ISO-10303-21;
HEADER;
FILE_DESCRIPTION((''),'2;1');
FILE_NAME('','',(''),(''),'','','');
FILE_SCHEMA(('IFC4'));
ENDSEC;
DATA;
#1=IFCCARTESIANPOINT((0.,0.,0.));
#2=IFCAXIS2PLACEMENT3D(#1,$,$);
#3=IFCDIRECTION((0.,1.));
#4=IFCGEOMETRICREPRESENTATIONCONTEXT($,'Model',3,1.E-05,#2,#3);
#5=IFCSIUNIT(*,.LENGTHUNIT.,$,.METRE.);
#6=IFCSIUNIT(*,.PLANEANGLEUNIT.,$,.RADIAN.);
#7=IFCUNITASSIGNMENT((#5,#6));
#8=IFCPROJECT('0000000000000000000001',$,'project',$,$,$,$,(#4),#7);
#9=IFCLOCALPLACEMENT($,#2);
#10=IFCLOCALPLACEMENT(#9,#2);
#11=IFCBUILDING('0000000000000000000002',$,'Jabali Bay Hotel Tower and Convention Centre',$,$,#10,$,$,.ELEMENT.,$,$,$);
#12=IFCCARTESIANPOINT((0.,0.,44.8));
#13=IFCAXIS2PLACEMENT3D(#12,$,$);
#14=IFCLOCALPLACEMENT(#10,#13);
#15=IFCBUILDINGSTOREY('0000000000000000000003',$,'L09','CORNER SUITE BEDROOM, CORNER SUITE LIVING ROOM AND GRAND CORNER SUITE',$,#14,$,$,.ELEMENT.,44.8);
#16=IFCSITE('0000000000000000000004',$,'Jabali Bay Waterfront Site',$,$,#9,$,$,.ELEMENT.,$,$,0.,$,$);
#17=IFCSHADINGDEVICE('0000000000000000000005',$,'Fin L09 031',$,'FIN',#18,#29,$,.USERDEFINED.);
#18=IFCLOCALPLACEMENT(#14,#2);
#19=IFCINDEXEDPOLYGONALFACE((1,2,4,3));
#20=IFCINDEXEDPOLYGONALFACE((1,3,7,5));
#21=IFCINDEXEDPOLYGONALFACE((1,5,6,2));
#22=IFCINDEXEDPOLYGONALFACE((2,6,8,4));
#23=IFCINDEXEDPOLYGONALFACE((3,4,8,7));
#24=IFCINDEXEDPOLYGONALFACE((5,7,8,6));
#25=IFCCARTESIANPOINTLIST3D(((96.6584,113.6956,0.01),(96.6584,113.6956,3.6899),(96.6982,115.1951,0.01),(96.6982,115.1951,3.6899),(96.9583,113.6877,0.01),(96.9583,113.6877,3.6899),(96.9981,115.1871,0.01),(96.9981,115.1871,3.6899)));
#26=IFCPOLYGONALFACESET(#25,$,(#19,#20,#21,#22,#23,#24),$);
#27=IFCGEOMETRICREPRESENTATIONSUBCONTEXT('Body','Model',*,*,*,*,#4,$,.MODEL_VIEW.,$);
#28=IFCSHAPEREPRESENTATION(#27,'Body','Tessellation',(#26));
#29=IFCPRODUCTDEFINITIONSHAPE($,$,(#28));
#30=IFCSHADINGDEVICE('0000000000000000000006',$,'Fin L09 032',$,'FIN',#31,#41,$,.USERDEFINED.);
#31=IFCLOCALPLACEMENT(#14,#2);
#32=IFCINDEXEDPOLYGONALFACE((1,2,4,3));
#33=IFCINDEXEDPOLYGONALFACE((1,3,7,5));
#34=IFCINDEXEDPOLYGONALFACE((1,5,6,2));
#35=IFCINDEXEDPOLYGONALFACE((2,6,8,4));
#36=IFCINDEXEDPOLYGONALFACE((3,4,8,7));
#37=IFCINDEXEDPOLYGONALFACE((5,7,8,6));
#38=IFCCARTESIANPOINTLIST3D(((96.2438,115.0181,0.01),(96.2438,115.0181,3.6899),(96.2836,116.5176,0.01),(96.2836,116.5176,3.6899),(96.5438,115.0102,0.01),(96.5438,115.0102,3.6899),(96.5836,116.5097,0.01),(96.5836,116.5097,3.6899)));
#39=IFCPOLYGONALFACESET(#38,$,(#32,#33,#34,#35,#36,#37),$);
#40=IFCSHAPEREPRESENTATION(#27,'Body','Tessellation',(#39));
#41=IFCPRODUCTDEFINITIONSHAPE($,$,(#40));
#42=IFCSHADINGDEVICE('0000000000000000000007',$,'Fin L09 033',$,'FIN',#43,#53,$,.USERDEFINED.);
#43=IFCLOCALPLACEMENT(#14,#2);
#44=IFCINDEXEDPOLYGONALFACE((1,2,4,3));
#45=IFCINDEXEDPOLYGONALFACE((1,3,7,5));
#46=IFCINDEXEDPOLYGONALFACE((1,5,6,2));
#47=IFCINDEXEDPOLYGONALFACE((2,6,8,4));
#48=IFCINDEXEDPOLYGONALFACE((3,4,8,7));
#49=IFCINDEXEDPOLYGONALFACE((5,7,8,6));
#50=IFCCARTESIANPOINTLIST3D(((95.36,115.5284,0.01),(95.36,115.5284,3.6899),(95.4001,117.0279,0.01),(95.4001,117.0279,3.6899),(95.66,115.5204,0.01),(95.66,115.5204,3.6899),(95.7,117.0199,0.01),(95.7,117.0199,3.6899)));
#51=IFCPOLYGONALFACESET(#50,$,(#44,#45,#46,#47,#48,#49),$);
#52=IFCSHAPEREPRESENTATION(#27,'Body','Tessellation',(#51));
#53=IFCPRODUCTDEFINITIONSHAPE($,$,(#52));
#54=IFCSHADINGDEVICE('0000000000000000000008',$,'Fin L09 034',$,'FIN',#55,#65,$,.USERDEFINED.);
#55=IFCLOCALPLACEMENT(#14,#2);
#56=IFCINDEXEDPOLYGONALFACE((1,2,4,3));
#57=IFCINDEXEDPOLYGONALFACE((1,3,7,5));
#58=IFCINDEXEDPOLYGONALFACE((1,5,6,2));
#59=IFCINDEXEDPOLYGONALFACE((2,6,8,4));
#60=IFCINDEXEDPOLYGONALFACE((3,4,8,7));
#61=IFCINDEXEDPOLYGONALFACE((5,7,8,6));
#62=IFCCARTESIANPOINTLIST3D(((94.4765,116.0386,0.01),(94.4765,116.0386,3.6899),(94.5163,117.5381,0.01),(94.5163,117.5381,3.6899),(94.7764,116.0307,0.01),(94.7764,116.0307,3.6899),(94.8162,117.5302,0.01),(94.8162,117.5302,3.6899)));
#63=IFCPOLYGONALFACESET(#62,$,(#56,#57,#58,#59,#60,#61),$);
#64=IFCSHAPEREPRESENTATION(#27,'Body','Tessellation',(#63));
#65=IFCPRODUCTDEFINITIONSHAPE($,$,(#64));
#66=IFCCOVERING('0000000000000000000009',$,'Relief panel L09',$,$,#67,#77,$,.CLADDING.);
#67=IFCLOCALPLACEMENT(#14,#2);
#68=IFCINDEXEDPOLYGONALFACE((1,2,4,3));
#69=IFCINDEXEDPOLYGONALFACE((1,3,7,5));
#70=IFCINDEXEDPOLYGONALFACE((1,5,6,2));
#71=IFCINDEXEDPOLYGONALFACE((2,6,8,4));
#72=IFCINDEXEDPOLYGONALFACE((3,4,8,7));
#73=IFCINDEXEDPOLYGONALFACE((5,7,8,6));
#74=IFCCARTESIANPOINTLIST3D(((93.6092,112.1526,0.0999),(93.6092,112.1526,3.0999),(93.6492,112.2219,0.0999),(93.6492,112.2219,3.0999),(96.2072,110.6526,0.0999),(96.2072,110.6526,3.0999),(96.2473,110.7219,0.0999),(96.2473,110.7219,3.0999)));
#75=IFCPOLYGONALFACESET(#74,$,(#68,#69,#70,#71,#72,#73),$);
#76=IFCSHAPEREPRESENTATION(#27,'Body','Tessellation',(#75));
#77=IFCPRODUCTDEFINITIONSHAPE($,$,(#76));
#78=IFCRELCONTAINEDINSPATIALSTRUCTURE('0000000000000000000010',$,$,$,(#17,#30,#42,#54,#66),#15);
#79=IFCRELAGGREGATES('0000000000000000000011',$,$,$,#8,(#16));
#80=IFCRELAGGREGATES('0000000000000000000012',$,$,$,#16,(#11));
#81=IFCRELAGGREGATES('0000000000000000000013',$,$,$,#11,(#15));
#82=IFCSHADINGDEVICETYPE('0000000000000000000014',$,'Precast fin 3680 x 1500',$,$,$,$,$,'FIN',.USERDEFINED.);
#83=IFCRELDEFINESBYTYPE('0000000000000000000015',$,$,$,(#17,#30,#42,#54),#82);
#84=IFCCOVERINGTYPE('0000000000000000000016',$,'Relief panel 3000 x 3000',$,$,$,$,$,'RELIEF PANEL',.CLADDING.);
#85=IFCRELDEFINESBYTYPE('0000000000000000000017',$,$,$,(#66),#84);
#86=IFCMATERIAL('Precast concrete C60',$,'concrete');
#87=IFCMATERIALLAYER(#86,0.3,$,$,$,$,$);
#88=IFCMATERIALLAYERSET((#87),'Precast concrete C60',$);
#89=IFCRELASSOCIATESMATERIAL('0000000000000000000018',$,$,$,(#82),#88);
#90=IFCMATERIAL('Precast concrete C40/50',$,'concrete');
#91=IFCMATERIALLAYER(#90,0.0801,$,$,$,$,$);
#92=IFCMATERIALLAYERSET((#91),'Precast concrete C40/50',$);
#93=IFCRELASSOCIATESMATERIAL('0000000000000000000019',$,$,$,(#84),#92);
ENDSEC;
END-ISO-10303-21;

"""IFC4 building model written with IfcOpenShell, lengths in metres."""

from ifc_helpers import new_model, si_unit, direction, frame, frame_2d, origin, origin_2d, place, context, subcontext, project, spatial, rectangle, extrude, material, layer, layer_set, type_object, element, save


model = new_model("IFC4")

# Units and contexts
model_context = context("Model", 3, precision=1e-05, world=origin(), true_north=direction((0.0, 1.0)))
body_context = subcontext(model_context, "Body", "Model", "MODEL_VIEW")
ifc_project = project(units=[si_unit("LENGTHUNIT", "METRE"), si_unit("PLANEANGLEUNIT", "RADIAN")], contexts=[model_context])

# Site, building, storey
site_placement = place(None, origin())
site = spatial("IfcSite", under=ifc_project, at=site_placement, Name="Jabali Bay Waterfront Site", CompositionType="ELEMENT", RefElevation=0.0)
building_placement = place(site_placement, origin())
building = spatial("IfcBuilding", under=site, at=building_placement, Name="Jabali Bay Hotel Tower and Convention Centre", CompositionType="ELEMENT")
storey_placement = place(building_placement, frame((0.0, 0.0, 44.8)))
storey = spatial("IfcBuildingStorey", under=building, at=storey_placement, Name="L09", Description="CORNER SUITE BEDROOM, CORNER SUITE LIVING ROOM AND GRAND CORNER SUITE", CompositionType="ELEMENT", Elevation=44.8)

# Shading devices
ifc_material_1 = material(Name="Precast concrete C60", Category="concrete")
ifc_layer_1 = layer(ifc_material_1, 0.3)
ifc_layer_set_1 = layer_set([ifc_layer_1], Name="Precast concrete C60")
shading_device_type_1 = type_object("IfcShadingDeviceType", Name="Precast fin 3680 x 1500", ElementType="FIN", PredefinedType="USERDEFINED", material=ifc_layer_set_1)
for number, where, z_axis, x_axis, name in (
    (1, (96.8083, 113.6917, 0.01), (0.0, 0.0, 1.0), (0.026529, 0.999648, 0.0), "Fin L09 031"),
    (2, (96.3938, 115.0142, 0.01), (0.0, 0.0, 1.0), (0.026529, 0.999648, 0.0), "Fin L09 032"),
    (3, (95.51, 115.5244, 0.01), (0.0, 0.0, 1.0), (0.026692, 0.999644, 0.0), "Fin L09 033"),
    (4, (94.6265, 116.0347, 0.01), (0.0, 0.0, 1.0), (0.026529, 0.999648, 0.0), "Fin L09 034"),
):
    element("IfcShadingDevice", number, at=place(storey_placement, frame(where, z_axis=z_axis, x_axis=x_axis)), inside=storey, type_object=shading_device_type_1, Name=name, ObjectType="FIN", PredefinedType="USERDEFINED", context=body_context, shape_type="SweptSolid", body=[
        extrude(rectangle(XDim=1.5, YDim=0.3, at=frame_2d((0.75, 0.0))), origin(), (0.0, 0.0, 1.0), 3.6799),
    ])

# Covering
ifc_material_2 = material(Name="Precast concrete C40/50", Category="concrete")
ifc_layer_2 = layer(ifc_material_2, 0.0801)
ifc_layer_set_2 = layer_set([ifc_layer_2], Name="Precast concrete C40/50")
covering_type = type_object("IfcCoveringType", Name="Relief panel 3000 x 3000", ElementType="RELIEF PANEL", PredefinedType="CLADDING", material=ifc_layer_set_2)
covering_placement = place(storey_placement, frame((94.9282, 111.4373, 0.0999), z_axis=(0.0, 0.0, 1.0), x_axis=(0.866025, -0.5, 0.0)))
element("IfcCovering", 5, at=covering_placement, inside=storey, type_object=covering_type, Name="Relief panel L09", PredefinedType="CLADDING", context=body_context, shape_type="SweptSolid", body=[
    extrude(rectangle(XDim=3.0, YDim=0.0801, at=origin_2d()), origin(), (0.0, 0.0, 1.0), 3.0),
])

save(model, "model.ifc")
